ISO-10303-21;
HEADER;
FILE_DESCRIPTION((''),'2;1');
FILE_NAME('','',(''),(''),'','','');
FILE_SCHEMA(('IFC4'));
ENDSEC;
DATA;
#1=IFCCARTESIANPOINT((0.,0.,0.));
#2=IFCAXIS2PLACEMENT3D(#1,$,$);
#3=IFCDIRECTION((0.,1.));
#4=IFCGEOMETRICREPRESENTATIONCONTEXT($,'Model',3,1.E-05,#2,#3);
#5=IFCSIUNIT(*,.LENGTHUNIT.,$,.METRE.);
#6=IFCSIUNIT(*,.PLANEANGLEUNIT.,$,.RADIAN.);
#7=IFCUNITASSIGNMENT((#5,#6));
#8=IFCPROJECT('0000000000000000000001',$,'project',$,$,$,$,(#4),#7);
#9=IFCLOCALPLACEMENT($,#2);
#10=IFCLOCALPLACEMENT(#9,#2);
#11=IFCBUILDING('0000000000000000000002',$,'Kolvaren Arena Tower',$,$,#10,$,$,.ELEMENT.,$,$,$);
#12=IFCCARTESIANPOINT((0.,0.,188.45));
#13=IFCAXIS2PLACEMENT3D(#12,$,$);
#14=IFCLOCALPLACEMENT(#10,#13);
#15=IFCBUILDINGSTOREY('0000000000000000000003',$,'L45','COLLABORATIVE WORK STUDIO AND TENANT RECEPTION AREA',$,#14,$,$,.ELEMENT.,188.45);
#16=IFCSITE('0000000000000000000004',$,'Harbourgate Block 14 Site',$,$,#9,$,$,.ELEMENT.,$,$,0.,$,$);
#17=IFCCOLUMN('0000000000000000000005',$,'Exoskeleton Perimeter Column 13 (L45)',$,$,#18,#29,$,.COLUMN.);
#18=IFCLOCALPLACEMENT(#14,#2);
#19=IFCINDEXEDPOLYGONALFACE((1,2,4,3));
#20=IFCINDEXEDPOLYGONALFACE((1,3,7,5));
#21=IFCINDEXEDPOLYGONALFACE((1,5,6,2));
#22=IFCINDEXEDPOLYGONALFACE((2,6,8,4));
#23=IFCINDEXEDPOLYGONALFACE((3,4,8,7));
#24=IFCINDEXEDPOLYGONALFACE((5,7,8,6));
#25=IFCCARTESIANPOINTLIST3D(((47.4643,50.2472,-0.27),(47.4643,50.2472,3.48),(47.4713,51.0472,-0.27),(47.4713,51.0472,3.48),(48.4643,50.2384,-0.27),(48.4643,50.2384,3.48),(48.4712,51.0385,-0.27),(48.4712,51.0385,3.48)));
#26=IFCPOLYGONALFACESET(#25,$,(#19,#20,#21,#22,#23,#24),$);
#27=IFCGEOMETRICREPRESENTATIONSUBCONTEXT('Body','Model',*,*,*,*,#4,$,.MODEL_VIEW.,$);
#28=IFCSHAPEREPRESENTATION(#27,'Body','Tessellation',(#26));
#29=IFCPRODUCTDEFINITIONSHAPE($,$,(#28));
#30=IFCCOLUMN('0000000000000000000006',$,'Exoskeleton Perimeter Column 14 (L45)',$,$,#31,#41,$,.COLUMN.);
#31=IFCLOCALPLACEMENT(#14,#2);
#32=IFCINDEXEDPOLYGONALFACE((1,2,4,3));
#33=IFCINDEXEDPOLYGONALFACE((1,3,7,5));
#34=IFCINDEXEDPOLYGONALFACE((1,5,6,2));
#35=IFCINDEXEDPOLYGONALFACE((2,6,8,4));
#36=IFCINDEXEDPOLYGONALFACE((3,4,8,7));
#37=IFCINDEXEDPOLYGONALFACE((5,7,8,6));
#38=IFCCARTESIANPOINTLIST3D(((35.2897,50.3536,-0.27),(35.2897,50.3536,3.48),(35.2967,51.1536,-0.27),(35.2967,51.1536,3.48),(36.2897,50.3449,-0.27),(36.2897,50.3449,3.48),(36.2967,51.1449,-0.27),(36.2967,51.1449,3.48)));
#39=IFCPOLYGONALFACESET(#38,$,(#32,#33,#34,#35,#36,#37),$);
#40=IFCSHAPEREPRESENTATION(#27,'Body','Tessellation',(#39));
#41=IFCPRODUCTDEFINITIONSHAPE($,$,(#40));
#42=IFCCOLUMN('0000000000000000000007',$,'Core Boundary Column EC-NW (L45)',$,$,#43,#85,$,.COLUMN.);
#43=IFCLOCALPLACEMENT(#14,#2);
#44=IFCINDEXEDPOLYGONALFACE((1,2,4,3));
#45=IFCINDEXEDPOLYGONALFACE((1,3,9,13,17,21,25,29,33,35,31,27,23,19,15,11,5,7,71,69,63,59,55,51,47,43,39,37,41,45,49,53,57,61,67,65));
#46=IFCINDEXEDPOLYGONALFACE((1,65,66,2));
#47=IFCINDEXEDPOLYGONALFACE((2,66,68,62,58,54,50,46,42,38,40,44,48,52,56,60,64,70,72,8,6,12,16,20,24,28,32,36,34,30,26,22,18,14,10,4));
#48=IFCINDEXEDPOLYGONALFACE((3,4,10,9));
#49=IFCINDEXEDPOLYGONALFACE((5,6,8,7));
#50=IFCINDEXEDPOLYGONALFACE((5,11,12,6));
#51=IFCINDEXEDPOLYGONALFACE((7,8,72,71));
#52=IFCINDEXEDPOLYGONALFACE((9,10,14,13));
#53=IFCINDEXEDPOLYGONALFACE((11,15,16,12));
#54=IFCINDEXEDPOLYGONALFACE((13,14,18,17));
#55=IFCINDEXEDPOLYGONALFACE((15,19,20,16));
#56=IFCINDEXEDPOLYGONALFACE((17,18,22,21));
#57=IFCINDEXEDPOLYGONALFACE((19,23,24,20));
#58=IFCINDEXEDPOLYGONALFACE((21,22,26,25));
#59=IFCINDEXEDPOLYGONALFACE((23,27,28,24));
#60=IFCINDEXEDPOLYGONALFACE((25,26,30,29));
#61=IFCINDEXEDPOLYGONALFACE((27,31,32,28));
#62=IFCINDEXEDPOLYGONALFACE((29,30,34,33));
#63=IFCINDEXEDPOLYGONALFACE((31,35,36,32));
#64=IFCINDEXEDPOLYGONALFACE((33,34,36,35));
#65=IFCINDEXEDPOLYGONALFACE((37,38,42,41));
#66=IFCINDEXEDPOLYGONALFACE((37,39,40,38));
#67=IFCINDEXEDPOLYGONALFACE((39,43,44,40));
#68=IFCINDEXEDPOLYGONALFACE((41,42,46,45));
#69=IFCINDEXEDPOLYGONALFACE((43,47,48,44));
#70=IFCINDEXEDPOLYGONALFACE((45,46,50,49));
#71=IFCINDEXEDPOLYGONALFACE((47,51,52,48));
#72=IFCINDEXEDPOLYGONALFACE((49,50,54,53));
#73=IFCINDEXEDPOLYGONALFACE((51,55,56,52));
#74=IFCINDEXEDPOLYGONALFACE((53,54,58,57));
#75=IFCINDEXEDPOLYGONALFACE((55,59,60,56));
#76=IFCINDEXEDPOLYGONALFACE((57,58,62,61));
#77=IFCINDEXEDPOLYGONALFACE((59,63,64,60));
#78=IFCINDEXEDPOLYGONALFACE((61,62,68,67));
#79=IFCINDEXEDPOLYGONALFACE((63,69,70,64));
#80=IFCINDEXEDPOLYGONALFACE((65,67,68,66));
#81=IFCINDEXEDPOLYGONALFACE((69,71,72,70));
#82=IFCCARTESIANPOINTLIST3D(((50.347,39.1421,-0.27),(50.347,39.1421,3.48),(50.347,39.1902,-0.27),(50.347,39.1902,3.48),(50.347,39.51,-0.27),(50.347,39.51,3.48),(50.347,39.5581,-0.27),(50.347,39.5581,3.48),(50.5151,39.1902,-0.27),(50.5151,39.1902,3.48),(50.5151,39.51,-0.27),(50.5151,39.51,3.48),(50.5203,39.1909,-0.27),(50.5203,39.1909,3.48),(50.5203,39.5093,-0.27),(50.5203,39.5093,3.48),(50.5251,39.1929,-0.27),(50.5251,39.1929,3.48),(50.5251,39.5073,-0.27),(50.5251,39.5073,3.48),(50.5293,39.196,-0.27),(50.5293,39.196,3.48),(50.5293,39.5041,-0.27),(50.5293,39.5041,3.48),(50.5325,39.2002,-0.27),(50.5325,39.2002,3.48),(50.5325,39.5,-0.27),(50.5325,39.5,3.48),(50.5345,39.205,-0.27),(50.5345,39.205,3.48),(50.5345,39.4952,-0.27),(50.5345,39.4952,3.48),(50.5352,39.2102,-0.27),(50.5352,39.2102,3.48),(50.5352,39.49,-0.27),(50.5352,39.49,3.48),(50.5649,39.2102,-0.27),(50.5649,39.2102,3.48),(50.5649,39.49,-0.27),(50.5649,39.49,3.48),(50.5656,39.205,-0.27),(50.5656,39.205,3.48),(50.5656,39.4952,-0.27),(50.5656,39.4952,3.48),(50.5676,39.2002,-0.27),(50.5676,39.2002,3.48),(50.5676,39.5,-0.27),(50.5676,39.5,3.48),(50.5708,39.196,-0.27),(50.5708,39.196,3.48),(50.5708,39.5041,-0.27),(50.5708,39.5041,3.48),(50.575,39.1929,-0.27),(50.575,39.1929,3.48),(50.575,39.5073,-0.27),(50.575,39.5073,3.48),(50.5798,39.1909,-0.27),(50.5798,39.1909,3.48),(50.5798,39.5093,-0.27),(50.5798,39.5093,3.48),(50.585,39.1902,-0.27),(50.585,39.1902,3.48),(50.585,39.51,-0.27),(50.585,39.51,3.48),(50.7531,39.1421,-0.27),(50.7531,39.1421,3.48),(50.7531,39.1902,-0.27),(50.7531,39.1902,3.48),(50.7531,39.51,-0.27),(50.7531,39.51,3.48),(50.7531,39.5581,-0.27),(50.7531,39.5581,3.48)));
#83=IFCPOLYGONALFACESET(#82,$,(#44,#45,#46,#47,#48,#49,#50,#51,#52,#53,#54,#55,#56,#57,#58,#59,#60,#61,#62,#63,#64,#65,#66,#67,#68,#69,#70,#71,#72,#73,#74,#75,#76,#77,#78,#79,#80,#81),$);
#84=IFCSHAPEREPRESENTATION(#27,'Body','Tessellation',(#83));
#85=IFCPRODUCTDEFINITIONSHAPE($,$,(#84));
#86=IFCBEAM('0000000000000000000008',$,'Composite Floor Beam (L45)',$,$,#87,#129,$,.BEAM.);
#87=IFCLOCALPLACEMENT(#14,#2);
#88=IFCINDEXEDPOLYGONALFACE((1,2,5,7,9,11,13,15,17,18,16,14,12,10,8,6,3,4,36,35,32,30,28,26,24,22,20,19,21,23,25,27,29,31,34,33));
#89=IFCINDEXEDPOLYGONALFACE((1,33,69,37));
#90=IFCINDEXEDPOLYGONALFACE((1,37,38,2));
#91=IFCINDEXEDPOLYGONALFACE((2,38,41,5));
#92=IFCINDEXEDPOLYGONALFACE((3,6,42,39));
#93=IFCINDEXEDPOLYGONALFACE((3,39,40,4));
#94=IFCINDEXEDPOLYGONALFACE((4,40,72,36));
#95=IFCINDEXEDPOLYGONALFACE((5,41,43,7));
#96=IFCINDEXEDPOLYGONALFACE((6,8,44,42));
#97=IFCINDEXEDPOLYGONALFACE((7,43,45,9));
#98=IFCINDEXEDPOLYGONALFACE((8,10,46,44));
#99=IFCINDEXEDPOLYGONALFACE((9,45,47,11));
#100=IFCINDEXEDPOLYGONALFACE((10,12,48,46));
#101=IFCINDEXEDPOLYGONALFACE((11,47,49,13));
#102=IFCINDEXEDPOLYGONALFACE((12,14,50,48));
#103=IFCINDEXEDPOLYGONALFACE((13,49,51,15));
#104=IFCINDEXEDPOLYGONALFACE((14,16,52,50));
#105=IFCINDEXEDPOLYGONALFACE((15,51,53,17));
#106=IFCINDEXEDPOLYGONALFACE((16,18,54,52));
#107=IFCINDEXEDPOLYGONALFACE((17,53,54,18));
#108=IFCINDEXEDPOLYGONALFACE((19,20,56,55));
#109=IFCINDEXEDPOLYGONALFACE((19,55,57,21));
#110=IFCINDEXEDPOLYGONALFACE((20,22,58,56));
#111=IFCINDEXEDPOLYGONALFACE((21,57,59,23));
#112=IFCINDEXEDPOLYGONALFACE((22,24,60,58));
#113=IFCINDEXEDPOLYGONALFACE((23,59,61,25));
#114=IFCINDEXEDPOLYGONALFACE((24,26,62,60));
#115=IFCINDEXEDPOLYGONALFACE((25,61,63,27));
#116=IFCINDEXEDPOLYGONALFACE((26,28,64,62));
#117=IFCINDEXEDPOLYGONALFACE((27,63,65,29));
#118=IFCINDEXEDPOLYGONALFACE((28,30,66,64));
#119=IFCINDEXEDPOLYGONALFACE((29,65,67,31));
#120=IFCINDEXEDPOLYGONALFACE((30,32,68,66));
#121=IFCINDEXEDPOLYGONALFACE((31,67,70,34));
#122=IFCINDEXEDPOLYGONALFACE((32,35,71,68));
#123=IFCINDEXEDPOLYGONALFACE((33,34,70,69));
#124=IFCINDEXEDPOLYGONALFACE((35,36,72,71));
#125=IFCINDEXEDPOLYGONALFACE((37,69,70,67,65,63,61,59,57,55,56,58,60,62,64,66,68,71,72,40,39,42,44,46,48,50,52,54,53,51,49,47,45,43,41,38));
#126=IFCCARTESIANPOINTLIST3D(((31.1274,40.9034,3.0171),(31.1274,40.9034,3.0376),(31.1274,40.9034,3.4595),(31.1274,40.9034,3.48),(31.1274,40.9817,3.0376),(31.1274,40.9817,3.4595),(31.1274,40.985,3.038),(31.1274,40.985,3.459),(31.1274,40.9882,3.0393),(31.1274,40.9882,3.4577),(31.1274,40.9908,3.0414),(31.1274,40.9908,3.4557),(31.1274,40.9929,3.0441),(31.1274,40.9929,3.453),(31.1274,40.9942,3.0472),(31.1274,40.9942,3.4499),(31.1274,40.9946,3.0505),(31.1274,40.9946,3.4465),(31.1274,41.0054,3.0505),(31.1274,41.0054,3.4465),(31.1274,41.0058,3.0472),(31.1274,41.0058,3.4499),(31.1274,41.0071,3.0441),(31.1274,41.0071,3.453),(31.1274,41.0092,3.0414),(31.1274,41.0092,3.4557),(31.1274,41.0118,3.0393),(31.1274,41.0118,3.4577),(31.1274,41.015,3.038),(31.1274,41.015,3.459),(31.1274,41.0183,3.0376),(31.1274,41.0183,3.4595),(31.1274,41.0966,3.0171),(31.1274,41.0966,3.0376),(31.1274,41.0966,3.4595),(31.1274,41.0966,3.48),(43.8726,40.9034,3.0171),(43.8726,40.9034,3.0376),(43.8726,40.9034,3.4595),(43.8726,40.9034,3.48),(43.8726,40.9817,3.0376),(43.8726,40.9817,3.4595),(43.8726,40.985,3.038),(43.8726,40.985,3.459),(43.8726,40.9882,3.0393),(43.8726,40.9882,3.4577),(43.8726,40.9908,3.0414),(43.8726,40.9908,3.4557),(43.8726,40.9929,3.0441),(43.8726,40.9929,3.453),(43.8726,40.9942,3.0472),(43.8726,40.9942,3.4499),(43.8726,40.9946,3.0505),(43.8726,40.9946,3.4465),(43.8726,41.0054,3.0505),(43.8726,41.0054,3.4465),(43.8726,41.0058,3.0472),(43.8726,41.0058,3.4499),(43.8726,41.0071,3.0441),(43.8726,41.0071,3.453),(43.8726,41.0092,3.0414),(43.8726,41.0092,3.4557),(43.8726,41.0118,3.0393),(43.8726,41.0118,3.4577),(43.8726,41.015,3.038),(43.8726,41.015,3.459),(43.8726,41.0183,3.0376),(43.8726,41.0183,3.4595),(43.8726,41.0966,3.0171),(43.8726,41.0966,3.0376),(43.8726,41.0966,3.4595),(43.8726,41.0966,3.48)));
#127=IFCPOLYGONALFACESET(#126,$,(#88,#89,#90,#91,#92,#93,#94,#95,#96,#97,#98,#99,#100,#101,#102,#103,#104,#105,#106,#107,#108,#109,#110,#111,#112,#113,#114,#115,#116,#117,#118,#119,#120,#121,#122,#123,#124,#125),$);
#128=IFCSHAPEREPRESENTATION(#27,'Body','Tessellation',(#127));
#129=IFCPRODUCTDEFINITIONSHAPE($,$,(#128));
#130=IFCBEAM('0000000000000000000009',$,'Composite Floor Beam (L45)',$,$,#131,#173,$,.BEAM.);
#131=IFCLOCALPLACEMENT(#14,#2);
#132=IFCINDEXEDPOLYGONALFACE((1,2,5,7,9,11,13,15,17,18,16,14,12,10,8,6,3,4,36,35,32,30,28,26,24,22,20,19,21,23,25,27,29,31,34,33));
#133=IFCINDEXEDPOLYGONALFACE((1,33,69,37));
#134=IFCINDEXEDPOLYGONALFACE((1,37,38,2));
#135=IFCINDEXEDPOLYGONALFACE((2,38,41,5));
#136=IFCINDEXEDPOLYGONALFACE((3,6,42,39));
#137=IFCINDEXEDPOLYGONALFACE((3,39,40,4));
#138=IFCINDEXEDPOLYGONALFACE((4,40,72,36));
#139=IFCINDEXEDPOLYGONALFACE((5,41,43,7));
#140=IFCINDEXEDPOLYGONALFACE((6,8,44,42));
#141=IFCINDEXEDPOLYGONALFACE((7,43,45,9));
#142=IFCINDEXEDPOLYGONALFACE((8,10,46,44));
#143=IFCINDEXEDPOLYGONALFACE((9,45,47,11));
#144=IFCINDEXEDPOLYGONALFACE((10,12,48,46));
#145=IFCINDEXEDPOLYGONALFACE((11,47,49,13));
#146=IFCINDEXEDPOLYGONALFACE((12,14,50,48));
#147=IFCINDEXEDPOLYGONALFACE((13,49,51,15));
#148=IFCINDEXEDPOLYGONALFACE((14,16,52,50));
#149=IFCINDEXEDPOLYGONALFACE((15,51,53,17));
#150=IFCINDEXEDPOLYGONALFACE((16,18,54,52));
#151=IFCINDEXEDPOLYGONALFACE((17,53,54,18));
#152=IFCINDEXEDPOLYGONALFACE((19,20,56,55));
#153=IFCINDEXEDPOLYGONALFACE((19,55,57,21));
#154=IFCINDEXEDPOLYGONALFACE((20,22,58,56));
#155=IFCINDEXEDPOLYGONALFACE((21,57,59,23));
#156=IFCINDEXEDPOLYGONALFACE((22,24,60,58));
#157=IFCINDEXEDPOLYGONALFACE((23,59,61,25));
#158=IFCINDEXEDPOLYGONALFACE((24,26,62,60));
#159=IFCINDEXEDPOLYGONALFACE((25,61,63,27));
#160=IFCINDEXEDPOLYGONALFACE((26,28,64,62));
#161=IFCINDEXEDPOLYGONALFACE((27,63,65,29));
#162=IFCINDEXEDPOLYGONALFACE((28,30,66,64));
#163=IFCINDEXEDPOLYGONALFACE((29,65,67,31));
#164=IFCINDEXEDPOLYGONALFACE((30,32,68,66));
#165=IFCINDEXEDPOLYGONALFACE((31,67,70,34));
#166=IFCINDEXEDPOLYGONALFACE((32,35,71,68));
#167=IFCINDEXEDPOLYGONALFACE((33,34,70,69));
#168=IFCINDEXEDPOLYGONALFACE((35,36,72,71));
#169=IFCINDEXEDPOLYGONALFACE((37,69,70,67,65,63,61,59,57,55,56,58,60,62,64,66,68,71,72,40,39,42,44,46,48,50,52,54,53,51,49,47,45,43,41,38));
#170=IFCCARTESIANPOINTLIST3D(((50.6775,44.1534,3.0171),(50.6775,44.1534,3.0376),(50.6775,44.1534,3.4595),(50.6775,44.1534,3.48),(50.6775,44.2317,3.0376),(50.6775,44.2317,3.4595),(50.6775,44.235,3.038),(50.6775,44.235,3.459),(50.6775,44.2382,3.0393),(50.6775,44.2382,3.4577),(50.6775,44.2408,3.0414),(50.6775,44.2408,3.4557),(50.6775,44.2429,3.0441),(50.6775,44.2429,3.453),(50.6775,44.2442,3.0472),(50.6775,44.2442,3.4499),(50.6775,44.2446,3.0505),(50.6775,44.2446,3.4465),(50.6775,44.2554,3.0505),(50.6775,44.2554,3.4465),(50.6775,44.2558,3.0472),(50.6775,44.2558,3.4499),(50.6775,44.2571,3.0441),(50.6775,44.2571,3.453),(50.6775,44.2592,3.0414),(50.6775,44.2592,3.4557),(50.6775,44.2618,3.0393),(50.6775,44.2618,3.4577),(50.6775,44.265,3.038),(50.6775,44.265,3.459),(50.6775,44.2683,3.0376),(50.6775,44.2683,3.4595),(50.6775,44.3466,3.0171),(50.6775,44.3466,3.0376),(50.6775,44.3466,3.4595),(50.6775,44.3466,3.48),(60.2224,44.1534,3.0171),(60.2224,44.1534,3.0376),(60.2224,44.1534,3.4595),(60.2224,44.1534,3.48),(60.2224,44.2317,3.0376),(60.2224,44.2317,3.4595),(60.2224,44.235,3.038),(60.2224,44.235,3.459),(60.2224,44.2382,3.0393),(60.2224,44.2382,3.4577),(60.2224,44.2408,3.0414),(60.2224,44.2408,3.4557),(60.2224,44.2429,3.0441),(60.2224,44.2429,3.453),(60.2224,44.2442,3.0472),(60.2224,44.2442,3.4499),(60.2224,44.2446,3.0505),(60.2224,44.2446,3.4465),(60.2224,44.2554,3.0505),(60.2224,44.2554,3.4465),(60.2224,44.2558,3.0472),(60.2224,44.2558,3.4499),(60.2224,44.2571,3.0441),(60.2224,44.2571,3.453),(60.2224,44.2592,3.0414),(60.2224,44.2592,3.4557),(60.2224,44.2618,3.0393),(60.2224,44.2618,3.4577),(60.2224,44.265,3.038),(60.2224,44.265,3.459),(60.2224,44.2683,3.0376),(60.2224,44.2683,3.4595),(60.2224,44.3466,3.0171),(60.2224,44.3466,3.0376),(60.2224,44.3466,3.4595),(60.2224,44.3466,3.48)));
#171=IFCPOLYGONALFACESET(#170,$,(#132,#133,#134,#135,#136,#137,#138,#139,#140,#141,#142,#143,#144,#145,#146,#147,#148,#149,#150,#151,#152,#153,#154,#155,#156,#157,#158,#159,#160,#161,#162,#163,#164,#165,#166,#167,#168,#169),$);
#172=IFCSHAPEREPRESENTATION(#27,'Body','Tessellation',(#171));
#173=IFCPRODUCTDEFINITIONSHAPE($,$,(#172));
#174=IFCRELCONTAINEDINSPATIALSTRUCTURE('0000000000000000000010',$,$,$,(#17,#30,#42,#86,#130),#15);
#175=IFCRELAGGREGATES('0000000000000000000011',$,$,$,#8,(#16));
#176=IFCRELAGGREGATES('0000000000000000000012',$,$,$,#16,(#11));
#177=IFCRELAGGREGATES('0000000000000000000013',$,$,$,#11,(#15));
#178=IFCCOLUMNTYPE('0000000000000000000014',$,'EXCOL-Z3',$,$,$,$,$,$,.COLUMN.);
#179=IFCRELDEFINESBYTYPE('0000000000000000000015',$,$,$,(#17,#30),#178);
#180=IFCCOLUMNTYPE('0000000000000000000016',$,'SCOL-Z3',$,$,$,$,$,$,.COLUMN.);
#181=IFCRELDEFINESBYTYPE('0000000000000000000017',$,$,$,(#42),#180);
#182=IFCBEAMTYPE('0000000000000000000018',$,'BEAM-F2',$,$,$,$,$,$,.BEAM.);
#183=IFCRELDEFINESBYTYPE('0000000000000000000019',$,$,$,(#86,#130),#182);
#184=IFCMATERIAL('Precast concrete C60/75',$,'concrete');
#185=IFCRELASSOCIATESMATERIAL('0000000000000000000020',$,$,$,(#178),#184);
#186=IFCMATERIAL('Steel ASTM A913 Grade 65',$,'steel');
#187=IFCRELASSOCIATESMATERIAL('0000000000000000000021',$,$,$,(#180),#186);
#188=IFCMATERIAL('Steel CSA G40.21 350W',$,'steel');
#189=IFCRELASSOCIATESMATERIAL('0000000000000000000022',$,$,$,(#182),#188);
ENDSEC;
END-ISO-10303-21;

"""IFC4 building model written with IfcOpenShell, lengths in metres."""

from ifc_helpers import new_model, si_unit, direction, frame, origin, origin_2d, place, context, subcontext, project, spatial, rectangle, i_section, extrude, material, material_profile, profile_set, type_object, element, save


model = new_model("IFC4")

# Units and contexts
model_context = context("Model", 3, precision=1e-05, world=origin(), true_north=direction((0.0, 1.0)))
body_context = subcontext(model_context, "Body", "Model", "MODEL_VIEW")
ifc_project = project(units=[si_unit("LENGTHUNIT", "METRE"), si_unit("PLANEANGLEUNIT", "RADIAN")], contexts=[model_context])

# Site, building, storey
site_placement = place(None, origin())
site = spatial("IfcSite", under=ifc_project, at=site_placement, Name="Harbourgate Block 14 Site", CompositionType="ELEMENT", RefElevation=0.0)
building_placement = place(site_placement, origin())
building = spatial("IfcBuilding", under=site, at=building_placement, Name="Kolvaren Arena Tower", CompositionType="ELEMENT")
storey_placement = place(building_placement, frame((0.0, 0.0, 188.45)))
storey = spatial("IfcBuildingStorey", under=building, at=storey_placement, Name="L45", Description="COLLABORATIVE WORK STUDIO AND TENANT RECEPTION AREA", CompositionType="ELEMENT", Elevation=188.45)

# Columns
ifc_material_1 = material(Name="Precast concrete C60/75", Category="concrete")
ifc_material_profile_1 = material_profile(ifc_material_1, rectangle(XDim=1.0, YDim=0.8, at=origin_2d()), Name="RC-1000x800")
ifc_profile_set_1 = profile_set([ifc_material_profile_1], Name="Precast concrete C60/75")
column_type_1 = type_object("IfcColumnType", Name="EXCOL-Z3", PredefinedType="COLUMN", material=ifc_profile_set_1)
for number, where, z_axis, x_axis, name in (
    (1, (47.9678, 50.6428, -0.27), (0.0, 0.0, 1.0), (0.999962, -0.008727, 0.0), "Exoskeleton Perimeter Column 13 (L45)"),
    (2, (35.7932, 50.7493, -0.27), (0.0, 0.0, 1.0), (0.999962, -0.008727, 0.0), "Exoskeleton Perimeter Column 14 (L45)"),
):
    element("IfcColumn", number, at=place(storey_placement, frame(where, z_axis=z_axis, x_axis=x_axis)), inside=storey, type_object=column_type_1, Name=name, PredefinedType="COLUMN", context=body_context, shape_type="SweptSolid", body=[
        extrude(rectangle(XDim=1.0, YDim=0.8, at=origin_2d()), origin(), (0.0, 0.0, 1.0), 3.75),
    ])
ifc_material_2 = material(Name="Steel ASTM A913 Grade 65", Category="steel")
ifc_material_profile_2 = material_profile(ifc_material_2, i_section(OverallWidth=0.406, OverallDepth=0.416, WebThickness=0.0298, FlangeThickness=0.0481, FilletRadius=0.02, at=origin_2d()), Name="W360x382")
ifc_profile_set_2 = profile_set([ifc_material_profile_2], Name="Steel ASTM A913 Grade 65")
column_type_2 = type_object("IfcColumnType", Name="SCOL-Z3", PredefinedType="COLUMN", material=ifc_profile_set_2)
column_placement = place(storey_placement, frame((50.55, 39.3501, -0.27), z_axis=(0.0, 0.0, 1.0), x_axis=(1.0, 0.0, 0.0)))
element("IfcColumn", 3, at=column_placement, inside=storey, type_object=column_type_2, Name="Core Boundary Column EC-NW (L45)", PredefinedType="COLUMN", context=body_context, shape_type="SweptSolid", body=[
    extrude(i_section(OverallWidth=0.406, OverallDepth=0.416, WebThickness=0.0298, FlangeThickness=0.0481, FilletRadius=0.02, at=origin_2d()), origin(), (0.0, 0.0, 1.0), 3.75),
])

# Beams
ifc_material_3 = material(Name="Steel CSA G40.21 350W", Category="steel")
ifc_material_profile_3 = material_profile(ifc_material_3, i_section(OverallWidth=0.1931, OverallDepth=0.4629, WebThickness=0.0107, FlangeThickness=0.0205, FilletRadius=0.0129, at=origin_2d()), Name="W460x113")
ifc_profile_set_3 = profile_set([ifc_material_profile_3], Name="Steel CSA G40.21 350W")
beam_type_1 = type_object("IfcBeamType", Name="BEAM-F2", PredefinedType="BEAM", material=ifc_profile_set_3)
beam_1_placement = place(storey_placement, frame((31.1274, 41.0, 3.2485), z_axis=(1.0, 0.0, 0.0), x_axis=(0.0, 1.0, 0.0)))
element("IfcBeam", 4, at=beam_1_placement, inside=storey, type_object=beam_type_1, Name="Composite Floor Beam (L45)", PredefinedType="BEAM", context=body_context, shape_type="SweptSolid", body=[
    extrude(i_section(OverallWidth=0.1931, OverallDepth=0.4629, WebThickness=0.0107, FlangeThickness=0.0205, FilletRadius=0.0129, at=origin_2d()), origin(), (0.0, 0.0, 1.0), 12.7451),
])
beam_2_placement = place(storey_placement, frame((50.6775, 44.25, 3.2485), z_axis=(1.0, 0.0, 0.0), x_axis=(0.0, 1.0, 0.0)))
element("IfcBeam", 5, at=beam_2_placement, inside=storey, type_object=beam_type_1, Name="Composite Floor Beam (L45)", PredefinedType="BEAM", context=body_context, shape_type="SweptSolid", body=[
    extrude(i_section(OverallWidth=0.1931, OverallDepth=0.4629, WebThickness=0.0107, FlangeThickness=0.0205, FilletRadius=0.0129, at=origin_2d()), origin(), (0.0, 0.0, 1.0), 9.5449),
])

save(model, "model.ifc")
